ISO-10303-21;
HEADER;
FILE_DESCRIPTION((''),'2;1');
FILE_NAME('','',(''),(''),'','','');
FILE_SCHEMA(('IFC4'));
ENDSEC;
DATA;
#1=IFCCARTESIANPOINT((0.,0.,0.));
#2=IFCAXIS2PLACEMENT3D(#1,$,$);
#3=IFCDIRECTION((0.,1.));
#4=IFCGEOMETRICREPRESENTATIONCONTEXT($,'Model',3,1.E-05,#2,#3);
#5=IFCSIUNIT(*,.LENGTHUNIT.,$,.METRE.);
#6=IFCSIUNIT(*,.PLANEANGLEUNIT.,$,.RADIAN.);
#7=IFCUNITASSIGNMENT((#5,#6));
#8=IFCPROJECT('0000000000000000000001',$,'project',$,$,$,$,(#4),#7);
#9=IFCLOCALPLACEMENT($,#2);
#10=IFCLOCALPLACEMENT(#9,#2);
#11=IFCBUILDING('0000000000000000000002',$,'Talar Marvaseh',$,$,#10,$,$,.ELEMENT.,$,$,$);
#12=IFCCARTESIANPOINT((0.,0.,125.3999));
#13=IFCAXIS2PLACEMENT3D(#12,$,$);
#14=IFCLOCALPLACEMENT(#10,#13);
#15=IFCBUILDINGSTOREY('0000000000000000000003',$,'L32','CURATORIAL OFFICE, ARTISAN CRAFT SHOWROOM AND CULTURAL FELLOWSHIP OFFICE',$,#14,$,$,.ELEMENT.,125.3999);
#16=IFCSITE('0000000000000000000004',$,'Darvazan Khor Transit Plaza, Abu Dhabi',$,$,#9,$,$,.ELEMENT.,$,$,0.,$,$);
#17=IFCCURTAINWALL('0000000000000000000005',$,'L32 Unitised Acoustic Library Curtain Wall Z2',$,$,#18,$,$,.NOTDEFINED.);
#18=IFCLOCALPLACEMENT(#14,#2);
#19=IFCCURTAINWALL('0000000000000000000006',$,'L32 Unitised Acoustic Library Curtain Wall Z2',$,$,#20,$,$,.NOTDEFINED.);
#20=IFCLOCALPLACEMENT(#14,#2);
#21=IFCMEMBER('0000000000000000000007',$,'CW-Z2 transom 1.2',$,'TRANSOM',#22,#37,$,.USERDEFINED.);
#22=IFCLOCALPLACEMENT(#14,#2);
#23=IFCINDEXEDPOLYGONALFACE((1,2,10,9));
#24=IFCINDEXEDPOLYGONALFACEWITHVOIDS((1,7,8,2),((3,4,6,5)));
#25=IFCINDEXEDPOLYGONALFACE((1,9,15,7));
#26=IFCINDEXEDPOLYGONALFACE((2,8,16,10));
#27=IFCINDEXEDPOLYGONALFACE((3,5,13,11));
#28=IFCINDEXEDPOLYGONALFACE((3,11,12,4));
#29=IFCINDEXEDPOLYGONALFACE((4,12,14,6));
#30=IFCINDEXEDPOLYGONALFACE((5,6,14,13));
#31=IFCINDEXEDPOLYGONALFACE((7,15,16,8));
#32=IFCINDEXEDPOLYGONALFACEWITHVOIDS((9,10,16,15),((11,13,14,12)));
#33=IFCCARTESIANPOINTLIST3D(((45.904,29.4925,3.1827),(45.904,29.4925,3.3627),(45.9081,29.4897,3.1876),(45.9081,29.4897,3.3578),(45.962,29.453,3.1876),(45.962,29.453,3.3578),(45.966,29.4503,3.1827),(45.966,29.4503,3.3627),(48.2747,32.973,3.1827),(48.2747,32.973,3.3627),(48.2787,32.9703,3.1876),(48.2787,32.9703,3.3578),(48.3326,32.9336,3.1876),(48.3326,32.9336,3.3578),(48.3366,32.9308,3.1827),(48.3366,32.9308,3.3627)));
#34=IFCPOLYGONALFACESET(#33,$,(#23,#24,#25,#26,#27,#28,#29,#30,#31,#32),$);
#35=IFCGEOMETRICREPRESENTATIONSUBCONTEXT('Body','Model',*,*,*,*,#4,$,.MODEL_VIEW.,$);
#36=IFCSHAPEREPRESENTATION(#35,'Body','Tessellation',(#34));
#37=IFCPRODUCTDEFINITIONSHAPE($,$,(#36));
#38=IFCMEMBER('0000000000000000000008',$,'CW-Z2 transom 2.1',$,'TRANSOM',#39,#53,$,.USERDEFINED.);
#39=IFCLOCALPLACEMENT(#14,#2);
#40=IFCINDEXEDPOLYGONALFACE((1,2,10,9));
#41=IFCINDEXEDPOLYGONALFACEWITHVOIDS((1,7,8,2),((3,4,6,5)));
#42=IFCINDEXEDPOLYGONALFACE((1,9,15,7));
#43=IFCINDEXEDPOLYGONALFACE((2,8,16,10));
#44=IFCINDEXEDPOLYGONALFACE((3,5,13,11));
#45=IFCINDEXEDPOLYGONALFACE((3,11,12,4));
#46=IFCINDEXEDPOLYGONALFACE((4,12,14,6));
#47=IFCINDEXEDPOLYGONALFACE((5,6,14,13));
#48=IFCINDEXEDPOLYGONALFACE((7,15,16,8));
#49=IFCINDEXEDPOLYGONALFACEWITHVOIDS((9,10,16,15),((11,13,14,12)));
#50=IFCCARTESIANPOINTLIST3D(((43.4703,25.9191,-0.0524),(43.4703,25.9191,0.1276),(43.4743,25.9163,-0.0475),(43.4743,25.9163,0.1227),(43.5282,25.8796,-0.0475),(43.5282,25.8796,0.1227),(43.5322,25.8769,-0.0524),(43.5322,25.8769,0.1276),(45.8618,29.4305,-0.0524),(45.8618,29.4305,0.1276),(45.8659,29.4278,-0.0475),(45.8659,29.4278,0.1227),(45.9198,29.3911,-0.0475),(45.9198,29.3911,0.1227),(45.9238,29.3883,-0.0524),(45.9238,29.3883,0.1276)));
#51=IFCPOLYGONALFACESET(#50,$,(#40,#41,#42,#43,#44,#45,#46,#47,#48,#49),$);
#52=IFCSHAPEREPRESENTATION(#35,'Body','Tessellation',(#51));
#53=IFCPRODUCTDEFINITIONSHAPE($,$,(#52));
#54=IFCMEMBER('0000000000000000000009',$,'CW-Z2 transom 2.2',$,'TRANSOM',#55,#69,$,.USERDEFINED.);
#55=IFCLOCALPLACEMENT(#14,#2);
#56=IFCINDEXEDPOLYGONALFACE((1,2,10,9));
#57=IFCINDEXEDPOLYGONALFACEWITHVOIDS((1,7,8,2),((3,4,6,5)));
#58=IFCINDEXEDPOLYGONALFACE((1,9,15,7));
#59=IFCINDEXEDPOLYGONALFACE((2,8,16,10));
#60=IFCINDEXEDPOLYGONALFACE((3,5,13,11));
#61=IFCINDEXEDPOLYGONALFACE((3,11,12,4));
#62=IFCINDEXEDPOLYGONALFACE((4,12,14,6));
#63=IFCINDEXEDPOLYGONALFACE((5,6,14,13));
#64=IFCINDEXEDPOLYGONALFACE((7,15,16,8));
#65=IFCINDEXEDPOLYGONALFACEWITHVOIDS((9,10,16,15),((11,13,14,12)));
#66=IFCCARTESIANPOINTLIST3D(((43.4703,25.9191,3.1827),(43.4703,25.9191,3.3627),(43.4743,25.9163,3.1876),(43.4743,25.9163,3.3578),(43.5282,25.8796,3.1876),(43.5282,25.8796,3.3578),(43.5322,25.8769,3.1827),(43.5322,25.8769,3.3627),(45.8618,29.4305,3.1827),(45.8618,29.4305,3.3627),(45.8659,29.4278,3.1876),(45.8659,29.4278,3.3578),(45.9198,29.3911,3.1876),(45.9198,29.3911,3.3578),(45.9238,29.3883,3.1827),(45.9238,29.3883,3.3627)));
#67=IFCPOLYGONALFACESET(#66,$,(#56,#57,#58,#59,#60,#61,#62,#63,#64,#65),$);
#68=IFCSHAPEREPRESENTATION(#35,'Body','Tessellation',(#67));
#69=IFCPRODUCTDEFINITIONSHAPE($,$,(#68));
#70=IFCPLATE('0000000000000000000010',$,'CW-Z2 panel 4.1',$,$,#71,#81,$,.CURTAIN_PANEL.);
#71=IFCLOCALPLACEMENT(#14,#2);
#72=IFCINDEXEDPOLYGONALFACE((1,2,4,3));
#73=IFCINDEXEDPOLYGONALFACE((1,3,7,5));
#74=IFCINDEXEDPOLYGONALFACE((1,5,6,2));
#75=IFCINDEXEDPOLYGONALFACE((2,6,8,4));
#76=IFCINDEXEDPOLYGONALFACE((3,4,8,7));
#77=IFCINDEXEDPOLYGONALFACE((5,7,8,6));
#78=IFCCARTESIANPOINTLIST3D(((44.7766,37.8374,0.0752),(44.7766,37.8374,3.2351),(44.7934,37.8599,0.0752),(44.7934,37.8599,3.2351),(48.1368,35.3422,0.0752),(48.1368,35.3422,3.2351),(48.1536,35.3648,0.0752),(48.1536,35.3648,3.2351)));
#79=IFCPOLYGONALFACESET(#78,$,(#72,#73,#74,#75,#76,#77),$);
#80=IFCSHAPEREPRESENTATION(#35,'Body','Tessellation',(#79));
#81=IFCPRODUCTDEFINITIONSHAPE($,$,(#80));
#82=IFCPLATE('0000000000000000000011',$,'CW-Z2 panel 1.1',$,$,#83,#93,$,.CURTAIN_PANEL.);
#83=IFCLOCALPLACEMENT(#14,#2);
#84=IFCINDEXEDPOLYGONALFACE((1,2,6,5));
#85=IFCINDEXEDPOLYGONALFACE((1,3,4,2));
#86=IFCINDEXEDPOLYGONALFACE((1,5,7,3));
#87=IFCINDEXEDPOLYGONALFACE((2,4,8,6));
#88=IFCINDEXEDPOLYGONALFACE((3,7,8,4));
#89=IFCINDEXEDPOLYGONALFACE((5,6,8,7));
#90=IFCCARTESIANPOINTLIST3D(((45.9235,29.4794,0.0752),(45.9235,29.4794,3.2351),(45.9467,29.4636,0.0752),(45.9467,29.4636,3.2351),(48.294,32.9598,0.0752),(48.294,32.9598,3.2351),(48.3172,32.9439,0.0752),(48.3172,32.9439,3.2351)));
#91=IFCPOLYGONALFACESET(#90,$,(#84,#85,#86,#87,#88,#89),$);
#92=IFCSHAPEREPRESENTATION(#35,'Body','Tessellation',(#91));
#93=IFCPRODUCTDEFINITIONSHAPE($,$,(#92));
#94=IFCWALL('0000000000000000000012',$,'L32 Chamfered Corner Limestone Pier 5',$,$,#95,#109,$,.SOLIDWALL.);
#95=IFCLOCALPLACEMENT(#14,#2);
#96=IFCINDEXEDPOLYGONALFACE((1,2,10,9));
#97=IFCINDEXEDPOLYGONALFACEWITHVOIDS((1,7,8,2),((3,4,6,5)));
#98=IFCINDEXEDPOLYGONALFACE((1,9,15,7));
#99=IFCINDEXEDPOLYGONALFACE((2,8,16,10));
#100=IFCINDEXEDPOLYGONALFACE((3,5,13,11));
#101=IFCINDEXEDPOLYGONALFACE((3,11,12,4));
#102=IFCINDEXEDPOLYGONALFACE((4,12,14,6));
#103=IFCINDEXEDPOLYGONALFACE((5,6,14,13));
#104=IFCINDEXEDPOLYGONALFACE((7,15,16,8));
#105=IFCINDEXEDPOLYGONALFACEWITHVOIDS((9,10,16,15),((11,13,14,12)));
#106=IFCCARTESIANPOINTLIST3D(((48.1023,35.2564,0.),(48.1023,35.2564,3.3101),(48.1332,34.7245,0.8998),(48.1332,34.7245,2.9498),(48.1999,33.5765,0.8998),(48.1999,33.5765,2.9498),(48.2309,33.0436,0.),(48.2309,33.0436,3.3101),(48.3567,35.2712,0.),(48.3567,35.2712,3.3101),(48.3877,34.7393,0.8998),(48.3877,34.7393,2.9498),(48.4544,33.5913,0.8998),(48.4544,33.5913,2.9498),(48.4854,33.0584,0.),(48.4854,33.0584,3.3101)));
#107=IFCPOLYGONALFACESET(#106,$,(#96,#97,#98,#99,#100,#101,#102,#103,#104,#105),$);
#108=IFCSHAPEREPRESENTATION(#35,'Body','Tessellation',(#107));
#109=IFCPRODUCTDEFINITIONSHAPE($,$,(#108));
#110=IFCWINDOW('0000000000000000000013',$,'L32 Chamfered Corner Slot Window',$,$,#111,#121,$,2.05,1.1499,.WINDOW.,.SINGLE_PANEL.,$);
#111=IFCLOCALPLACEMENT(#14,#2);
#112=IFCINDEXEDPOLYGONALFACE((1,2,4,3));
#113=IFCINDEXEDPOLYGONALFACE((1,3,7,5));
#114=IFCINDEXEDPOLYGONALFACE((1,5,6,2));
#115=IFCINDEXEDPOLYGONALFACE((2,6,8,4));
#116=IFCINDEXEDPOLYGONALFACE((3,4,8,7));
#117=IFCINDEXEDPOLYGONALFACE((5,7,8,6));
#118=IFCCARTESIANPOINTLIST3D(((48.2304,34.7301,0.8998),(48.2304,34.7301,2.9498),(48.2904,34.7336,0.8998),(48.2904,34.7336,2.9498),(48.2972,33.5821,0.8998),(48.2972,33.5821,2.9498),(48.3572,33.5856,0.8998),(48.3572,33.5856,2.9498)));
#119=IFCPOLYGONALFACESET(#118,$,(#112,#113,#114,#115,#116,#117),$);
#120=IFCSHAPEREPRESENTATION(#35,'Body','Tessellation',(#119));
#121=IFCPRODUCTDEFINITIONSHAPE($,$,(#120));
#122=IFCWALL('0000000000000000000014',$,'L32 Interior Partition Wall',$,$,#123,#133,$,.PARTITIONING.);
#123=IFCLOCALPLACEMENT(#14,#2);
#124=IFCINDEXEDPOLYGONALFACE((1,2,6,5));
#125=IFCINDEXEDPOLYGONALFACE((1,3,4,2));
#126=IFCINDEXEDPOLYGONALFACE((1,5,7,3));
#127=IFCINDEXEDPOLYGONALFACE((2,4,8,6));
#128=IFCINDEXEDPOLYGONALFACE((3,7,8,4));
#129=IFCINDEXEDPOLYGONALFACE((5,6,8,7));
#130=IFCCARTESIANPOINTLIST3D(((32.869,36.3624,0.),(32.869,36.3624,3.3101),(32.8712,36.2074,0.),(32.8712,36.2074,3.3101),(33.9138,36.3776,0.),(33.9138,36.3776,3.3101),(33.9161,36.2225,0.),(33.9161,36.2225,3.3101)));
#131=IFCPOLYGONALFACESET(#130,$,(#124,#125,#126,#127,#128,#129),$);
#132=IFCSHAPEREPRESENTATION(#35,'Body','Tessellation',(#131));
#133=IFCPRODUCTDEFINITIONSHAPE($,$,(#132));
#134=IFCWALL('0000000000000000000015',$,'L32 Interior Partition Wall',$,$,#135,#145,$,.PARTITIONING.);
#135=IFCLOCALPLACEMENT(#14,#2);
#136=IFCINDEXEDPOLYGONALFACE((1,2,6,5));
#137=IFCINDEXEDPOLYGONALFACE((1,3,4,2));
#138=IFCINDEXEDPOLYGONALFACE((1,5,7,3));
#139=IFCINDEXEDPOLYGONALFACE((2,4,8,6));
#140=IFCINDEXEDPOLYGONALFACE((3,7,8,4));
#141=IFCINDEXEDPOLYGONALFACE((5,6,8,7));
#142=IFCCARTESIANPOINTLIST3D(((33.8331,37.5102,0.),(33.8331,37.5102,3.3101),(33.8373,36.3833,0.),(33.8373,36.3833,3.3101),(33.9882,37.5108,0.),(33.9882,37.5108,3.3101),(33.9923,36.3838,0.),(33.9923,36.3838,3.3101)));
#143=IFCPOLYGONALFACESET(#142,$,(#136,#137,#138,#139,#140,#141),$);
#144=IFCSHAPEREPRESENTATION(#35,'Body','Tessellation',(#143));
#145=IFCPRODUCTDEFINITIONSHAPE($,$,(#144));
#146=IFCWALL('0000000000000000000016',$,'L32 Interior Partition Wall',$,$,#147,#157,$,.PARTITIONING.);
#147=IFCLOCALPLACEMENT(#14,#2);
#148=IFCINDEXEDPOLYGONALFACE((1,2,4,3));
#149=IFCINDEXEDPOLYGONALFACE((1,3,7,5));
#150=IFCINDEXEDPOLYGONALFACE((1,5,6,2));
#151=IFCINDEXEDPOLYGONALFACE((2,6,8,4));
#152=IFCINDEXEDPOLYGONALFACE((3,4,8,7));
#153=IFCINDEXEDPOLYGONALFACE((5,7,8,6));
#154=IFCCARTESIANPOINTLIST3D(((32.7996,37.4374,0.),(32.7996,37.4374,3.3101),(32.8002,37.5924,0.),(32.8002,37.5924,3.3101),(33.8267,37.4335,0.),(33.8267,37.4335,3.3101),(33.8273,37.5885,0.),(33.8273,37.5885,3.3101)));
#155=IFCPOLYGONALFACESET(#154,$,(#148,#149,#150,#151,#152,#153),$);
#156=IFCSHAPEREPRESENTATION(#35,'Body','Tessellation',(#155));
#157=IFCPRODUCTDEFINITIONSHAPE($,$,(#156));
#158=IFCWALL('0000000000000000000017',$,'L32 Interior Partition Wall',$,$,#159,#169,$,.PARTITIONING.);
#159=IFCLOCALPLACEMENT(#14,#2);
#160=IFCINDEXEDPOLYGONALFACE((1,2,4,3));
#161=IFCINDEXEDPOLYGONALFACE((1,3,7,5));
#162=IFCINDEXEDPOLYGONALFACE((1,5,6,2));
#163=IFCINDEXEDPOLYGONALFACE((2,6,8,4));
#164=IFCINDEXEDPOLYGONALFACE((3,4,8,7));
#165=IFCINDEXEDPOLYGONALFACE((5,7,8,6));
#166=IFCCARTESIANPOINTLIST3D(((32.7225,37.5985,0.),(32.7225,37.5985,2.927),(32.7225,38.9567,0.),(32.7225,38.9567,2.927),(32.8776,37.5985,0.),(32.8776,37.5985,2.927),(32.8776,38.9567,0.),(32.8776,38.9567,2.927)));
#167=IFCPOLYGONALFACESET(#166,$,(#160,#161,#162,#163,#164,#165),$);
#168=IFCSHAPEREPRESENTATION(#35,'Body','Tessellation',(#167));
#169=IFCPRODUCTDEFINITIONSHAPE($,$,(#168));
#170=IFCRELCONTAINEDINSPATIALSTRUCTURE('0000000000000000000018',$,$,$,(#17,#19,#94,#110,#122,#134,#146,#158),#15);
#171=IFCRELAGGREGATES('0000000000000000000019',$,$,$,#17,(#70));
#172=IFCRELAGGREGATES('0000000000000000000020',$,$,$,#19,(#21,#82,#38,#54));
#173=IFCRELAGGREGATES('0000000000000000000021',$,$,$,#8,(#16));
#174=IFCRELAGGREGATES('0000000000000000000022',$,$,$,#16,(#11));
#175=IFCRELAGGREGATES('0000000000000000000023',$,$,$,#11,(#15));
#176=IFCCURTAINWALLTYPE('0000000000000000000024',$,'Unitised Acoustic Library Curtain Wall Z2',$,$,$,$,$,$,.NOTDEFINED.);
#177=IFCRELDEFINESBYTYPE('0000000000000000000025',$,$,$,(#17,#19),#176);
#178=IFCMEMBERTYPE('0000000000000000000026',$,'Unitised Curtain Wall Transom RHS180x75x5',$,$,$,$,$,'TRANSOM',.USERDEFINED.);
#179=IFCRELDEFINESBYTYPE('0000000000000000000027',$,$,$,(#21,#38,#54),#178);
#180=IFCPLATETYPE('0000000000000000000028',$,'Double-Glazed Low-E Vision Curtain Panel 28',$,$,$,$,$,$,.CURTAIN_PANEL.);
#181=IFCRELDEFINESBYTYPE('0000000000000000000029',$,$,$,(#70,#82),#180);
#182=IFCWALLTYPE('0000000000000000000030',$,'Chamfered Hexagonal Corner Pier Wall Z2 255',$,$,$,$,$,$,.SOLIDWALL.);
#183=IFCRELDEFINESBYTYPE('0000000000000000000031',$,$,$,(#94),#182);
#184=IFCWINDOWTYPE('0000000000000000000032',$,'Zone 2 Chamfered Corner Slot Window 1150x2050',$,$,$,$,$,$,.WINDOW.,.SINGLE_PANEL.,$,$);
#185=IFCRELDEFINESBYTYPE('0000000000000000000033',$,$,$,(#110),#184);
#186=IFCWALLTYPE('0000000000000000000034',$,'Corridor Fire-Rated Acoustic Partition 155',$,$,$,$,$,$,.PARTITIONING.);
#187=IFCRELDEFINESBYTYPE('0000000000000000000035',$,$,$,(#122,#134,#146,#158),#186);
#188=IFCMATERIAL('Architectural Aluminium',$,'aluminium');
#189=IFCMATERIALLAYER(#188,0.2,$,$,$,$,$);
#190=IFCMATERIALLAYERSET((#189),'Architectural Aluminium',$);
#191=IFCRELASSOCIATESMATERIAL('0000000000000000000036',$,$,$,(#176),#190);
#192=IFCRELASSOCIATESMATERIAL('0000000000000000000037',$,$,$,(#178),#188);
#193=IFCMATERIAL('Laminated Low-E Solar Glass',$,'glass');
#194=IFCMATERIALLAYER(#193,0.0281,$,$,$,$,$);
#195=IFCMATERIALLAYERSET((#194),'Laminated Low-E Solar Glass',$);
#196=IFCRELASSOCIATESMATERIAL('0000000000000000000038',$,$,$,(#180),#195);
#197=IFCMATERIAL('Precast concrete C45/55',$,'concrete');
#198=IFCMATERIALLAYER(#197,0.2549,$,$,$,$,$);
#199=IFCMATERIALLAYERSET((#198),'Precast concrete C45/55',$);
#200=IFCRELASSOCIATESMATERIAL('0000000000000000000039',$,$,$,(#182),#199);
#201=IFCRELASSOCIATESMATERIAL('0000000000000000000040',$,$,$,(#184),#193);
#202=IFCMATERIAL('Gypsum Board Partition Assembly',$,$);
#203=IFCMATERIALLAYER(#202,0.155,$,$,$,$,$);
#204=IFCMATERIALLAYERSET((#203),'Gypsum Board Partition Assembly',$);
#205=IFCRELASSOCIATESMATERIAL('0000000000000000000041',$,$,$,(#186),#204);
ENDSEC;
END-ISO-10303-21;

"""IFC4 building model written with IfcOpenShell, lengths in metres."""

from ifc_helpers import new_model, si_unit, direction, frame, frame_2d, origin, origin_2d, place, context, subcontext, project, spatial, rectangle, hollow_rectangle, extrude, source, transform, mapped, material, layer, layer_set, material_profile, profile_set, type_object, type_shapes, element, fill, aggregate, save


model = new_model("IFC4")

# Units and contexts
model_context = context("Model", 3, precision=1e-05, world=origin(), true_north=direction((0.0, 1.0)))
body_context = subcontext(model_context, "Body", "Model", "MODEL_VIEW")
ifc_project = project(units=[si_unit("LENGTHUNIT", "METRE"), si_unit("PLANEANGLEUNIT", "RADIAN")], contexts=[model_context])

# Site, building, storey
site_placement = place(None, origin())
site = spatial("IfcSite", under=ifc_project, at=site_placement, Name="Darvazan Khor Transit Plaza, Abu Dhabi", CompositionType="ELEMENT", RefElevation=0.0)
building_placement = place(site_placement, origin())
building = spatial("IfcBuilding", under=site, at=building_placement, Name="Talar Marvaseh", CompositionType="ELEMENT")
storey_placement = place(building_placement, frame((0.0, 0.0, 125.3999)))
storey = spatial("IfcBuildingStorey", under=building, at=storey_placement, Name="L32", Description="CURATORIAL OFFICE, ARTISAN CRAFT SHOWROOM AND CULTURAL FELLOWSHIP OFFICE", CompositionType="ELEMENT", Elevation=125.3999)

# Curtain wall
ifc_material_1 = material(Name="Architectural Aluminium", Category="aluminium")
ifc_layer_1 = layer(ifc_material_1, 0.2)
ifc_layer_set_1 = layer_set([ifc_layer_1], Name="Architectural Aluminium")
curtain_wall_type = type_object("IfcCurtainWallType", Name="Unitised Acoustic Library Curtain Wall Z2", PredefinedType="NOTDEFINED", material=ifc_layer_set_1)
curtain_wall_1_placement = place(storey_placement, origin())
curtain_wall_1 = element("IfcCurtainWall", 1, at=curtain_wall_1_placement, inside=storey, type_object=curtain_wall_type, Name="L32 Unitised Acoustic Library Curtain Wall Z2", PredefinedType="NOTDEFINED")

# Curtain wall
curtain_wall_2_placement = place(storey_placement, origin())
curtain_wall_2 = element("IfcCurtainWall", 2, at=curtain_wall_2_placement, inside=storey, type_object=curtain_wall_type, Name="L32 Unitised Acoustic Library Curtain Wall Z2", PredefinedType="NOTDEFINED")

# Members
ifc_material_profile_1 = material_profile(ifc_material_1, hollow_rectangle(XDim=0.075, YDim=0.1799, WallThickness=0.0049, at=origin_2d()), Name="RHS180x75x5")
ifc_profile_set_1 = profile_set([ifc_material_profile_1], Name="Architectural Aluminium")
member_type_1 = type_object("IfcMemberType", Name="Unitised Curtain Wall Transom RHS180x75x5", ElementType="TRANSOM", PredefinedType="USERDEFINED", material=ifc_profile_set_1)
shared_shape_1 = source(origin(), body_context, "Body", "SweptSolid", [
    extrude(hollow_rectangle(XDim=0.075, YDim=0.1799, WallThickness=0.0049, at=origin_2d()), origin(), (0.0, 0.0, 1.0), 4.2112),
])
member_1_placement = place(storey_placement, frame((48.3057, 32.9519, 3.2727), z_axis=(-0.562941, -0.826497, 0.0), x_axis=(0.826497, -0.562941, 0.0)))
member_1 = element("IfcMember", 3, at=member_1_placement, type_object=member_type_1, Name="CW-Z2 transom 1.2", ObjectType="TRANSOM", PredefinedType="USERDEFINED", context=body_context, shape_type="MappedRepresentation", body=[
    mapped(shared_shape_1, transform((0.0, 0.0, 0.0), x_axis=(1.0, 0.0, 0.0), y_axis=(0.0, 1.0, 0.0), z_axis=(0.0, 0.0, 1.0), scale=1.0)),
])
shared_shape_2 = source(origin(), body_context, "Body", "SweptSolid", [
    extrude(hollow_rectangle(XDim=0.075, YDim=0.1799, WallThickness=0.0049, at=origin_2d()), origin(), (0.0, 0.0, 1.0), 4.2485),
])
member_2_placement = place(storey_placement, frame((45.8928, 29.4094, 0.0376), z_axis=(-0.562921, -0.826511, 0.0), x_axis=(0.826511, -0.562921, 0.0)))
member_2 = element("IfcMember", 4, at=member_2_placement, type_object=member_type_1, Name="CW-Z2 transom 2.1", ObjectType="TRANSOM", PredefinedType="USERDEFINED", context=body_context, shape_type="MappedRepresentation", body=[
    mapped(shared_shape_2, transform((0.0, 0.0, 0.0), x_axis=(1.0, 0.0, 0.0), y_axis=(0.0, 1.0, 0.0), z_axis=(0.0, 0.0, 1.0), scale=1.0)),
])
member_3_placement = place(storey_placement, frame((45.8928, 29.4094, 3.2727), z_axis=(-0.562921, -0.826511, 0.0), x_axis=(0.826511, -0.562921, 0.0)))
member_3 = element("IfcMember", 5, at=member_3_placement, type_object=member_type_1, Name="CW-Z2 transom 2.2", ObjectType="TRANSOM", PredefinedType="USERDEFINED", context=body_context, shape_type="MappedRepresentation", body=[
    mapped(shared_shape_2, transform((0.0, 0.0, 0.0), x_axis=(1.0, 0.0, 0.0), y_axis=(0.0, 1.0, 0.0), z_axis=(0.0, 0.0, 1.0), scale=1.0)),
])

# Plates
ifc_material_2 = material(Name="Laminated Low-E Solar Glass", Category="glass")
ifc_layer_2 = layer(ifc_material_2, 0.0281)
ifc_layer_set_2 = layer_set([ifc_layer_2], Name="Laminated Low-E Solar Glass")
plate_type = type_object("IfcPlateType", Name="Double-Glazed Low-E Vision Curtain Panel 28", PredefinedType="CURTAIN_PANEL", material=ifc_layer_set_2)
shared_shape_3 = source(origin(), body_context, "Body", "SweptSolid", [
    extrude(rectangle(XDim=4.1853, YDim=0.0281, at=origin_2d()), origin(), (0.0, 0.0, 1.0), 3.1599),
])
plate_1_placement = place(storey_placement, frame((46.4651, 36.6011, 0.0752), z_axis=(0.0, 0.0, 1.0), x_axis=(0.802858, -0.59617, 0.0)))
plate_1 = element("IfcPlate", 6, at=plate_1_placement, type_object=plate_type, Name="CW-Z2 panel 4.1", PredefinedType="CURTAIN_PANEL", context=body_context, shape_type="MappedRepresentation", body=[
    mapped(shared_shape_3, transform((0.0, 0.0, 0.0), x_axis=(1.0, 0.0, 0.0), y_axis=(0.0, 1.0, 0.0), z_axis=(0.0, 0.0, 1.0), scale=1.0)),
])
aggregate(curtain_wall_1, [plate_1])
shared_shape_4 = source(origin(), body_context, "Body", "SweptSolid", [
    extrude(rectangle(XDim=4.2109, YDim=0.0281, at=origin_2d()), origin(), (0.0, 0.0, 1.0), 3.1599),
])
type_shapes(plate_type, [shared_shape_3, shared_shape_4])
plate_2_placement = place(storey_placement, frame((47.1204, 31.2117, 0.0752), z_axis=(0.0, 0.0, 1.0), x_axis=(-0.562931, -0.826504, 0.0)))
plate_2 = element("IfcPlate", 7, at=plate_2_placement, type_object=plate_type, Name="CW-Z2 panel 1.1", PredefinedType="CURTAIN_PANEL", context=body_context, shape_type="MappedRepresentation", body=[
    mapped(shared_shape_4, transform((0.0, 0.0, 0.0), x_axis=(1.0, 0.0, 0.0), y_axis=(0.0, 1.0, 0.0), z_axis=(0.0, 0.0, 1.0), scale=1.0)),
])
aggregate(curtain_wall_2, [member_1, plate_2, member_2, member_3])

# Wall, opening, window
ifc_material_3 = material(Name="Precast concrete C45/55", Category="concrete")
ifc_layer_3 = layer(ifc_material_3, 0.2549)
ifc_layer_set_3 = layer_set([ifc_layer_3], Name="Precast concrete C45/55")
wall_type_1 = type_object("IfcWallType", Name="Chamfered Hexagonal Corner Pier Wall Z2 255", PredefinedType="SOLIDWALL", material=ifc_layer_set_3)
wall_1_placement = place(storey_placement, frame((48.2295, 35.2639, 0.0), z_axis=(0.0, 0.0, 1.0), x_axis=(0.058044, -0.998314, 0.0)))
wall_1 = element("IfcWall", 8, at=wall_1_placement, inside=storey, type_object=wall_type_1, Name="L32 Chamfered Corner Limestone Pier 5", PredefinedType="SOLIDWALL", context=body_context, shape_type="SweptSolid", body=[
    extrude(rectangle(XDim=2.2166, YDim=0.2549, at=frame_2d((1.1084, 0.0))), origin(), (0.0, 0.0, 1.0), 3.3101),
])
opening_1_placement = place(wall_1_placement, frame((0.533, 0.0, 0.8999)))
opening_1 = element("IfcOpeningElement", 9, at=opening_1_placement, cuts=wall_1, PredefinedType="OPENING", context=body_context, shape_type="SweptSolid", body=[
    extrude(rectangle(XDim=1.1499, YDim=2.05, at=frame_2d((0.575, 1.0249))), frame((0.0, 0.1375, 0.0), z_axis=(0.0, -1.0, 0.0), x_axis=(1.0, 0.0, 0.0)), (0.0, 0.0, 1.0), 0.2749),
])
window_type = type_object("IfcWindowType", Name="Zone 2 Chamfered Corner Slot Window 1150x2050", PartitioningType="SINGLE_PANEL", PredefinedType="WINDOW", material=ifc_material_2)
shared_shape_5 = source(origin(), body_context, "Body", "SweptSolid", [
    extrude(rectangle(XDim=1.1499, YDim=2.05, at=frame_2d((0.575, 1.0249))), frame((0.0, 0.03, 0.0), z_axis=(0.0, -1.0, 0.0), x_axis=(1.0, 0.0, 0.0)), (0.0, 0.0, 1.0), 0.0601),
])
type_shapes(window_type, [shared_shape_5])
window_placement = place(opening_1_placement, origin())
window = element("IfcWindow", 10, at=window_placement, inside=storey, type_object=window_type, Name="L32 Chamfered Corner Slot Window", OverallHeight=2.05, OverallWidth=1.1499, PartitioningType="SINGLE_PANEL", PredefinedType="WINDOW", context=body_context, shape_type="MappedRepresentation", body=[
    mapped(shared_shape_5, transform((0.0, 0.0, 0.0), x_axis=(1.0, 0.0, 0.0), y_axis=(0.0, 1.0, 0.0), z_axis=(0.0, 0.0, 1.0), scale=1.0)),
])
fill(opening_1, window)

# Walls
ifc_material_4 = material(Name="Gypsum Board Partition Assembly")
ifc_layer_4 = layer(ifc_material_4, 0.155)
ifc_layer_set_4 = layer_set([ifc_layer_4], Name="Gypsum Board Partition Assembly")
wall_type_2 = type_object("IfcWallType", Name="Corridor Fire-Rated Acoustic Partition 155", PredefinedType="PARTITIONING", material=ifc_layer_set_4)
wall_2_placement = place(storey_placement, frame((32.8701, 36.2849, 0.0), z_axis=(0.0, 0.0, 1.0), x_axis=(0.999895, 0.014484, 0.0)))
element("IfcWall", 11, at=wall_2_placement, inside=storey, type_object=wall_type_2, Name="L32 Interior Partition Wall", PredefinedType="PARTITIONING", context=body_context, shape_type="SweptSolid", body=[
    extrude(rectangle(XDim=1.0449, YDim=0.155, at=frame_2d((0.5225, 0.0))), origin(), (0.0, 0.0, 1.0), 3.3101),
])
wall_3_placement = place(storey_placement, frame((33.9148, 36.3835, 0.0), z_axis=(0.0, 0.0, 1.0), x_axis=(-0.003683, 0.999993, 0.0)))
element("IfcWall", 12, at=wall_3_placement, inside=storey, type_object=wall_type_2, Name="L32 Interior Partition Wall", PredefinedType="PARTITIONING", context=body_context, shape_type="SweptSolid", body=[
    extrude(rectangle(XDim=1.127, YDim=0.155, at=frame_2d((0.5635, 0.0))), origin(), (0.0, 0.0, 1.0), 3.3101),
])
wall_4_placement = place(storey_placement, frame((33.8271, 37.511, 0.0), z_axis=(0.0, 0.0, 1.0), x_axis=(-0.999993, 0.003803, 0.0)))
element("IfcWall", 13, at=wall_4_placement, inside=storey, type_object=wall_type_2, Name="L32 Interior Partition Wall", PredefinedType="PARTITIONING", context=body_context, shape_type="SweptSolid", body=[
    extrude(rectangle(XDim=1.0271, YDim=0.155, at=frame_2d((0.5137, 0.0))), origin(), (0.0, 0.0, 1.0), 3.3101),
])
wall_5_placement = place(storey_placement, frame((32.8, 37.5984, 0.0), z_axis=(0.0, 0.0, 1.0), x_axis=(0.0, 1.0, 0.0)))
element("IfcWall", 14, at=wall_5_placement, inside=storey, type_object=wall_type_2, Name="L32 Interior Partition Wall", PredefinedType="PARTITIONING", context=body_context, shape_type="SweptSolid", body=[
    extrude(rectangle(XDim=1.3582, YDim=0.155, at=frame_2d((0.6792, 0.0))), origin(), (0.0, 0.0, 1.0), 2.927),
])

save(model, "model.ifc")
